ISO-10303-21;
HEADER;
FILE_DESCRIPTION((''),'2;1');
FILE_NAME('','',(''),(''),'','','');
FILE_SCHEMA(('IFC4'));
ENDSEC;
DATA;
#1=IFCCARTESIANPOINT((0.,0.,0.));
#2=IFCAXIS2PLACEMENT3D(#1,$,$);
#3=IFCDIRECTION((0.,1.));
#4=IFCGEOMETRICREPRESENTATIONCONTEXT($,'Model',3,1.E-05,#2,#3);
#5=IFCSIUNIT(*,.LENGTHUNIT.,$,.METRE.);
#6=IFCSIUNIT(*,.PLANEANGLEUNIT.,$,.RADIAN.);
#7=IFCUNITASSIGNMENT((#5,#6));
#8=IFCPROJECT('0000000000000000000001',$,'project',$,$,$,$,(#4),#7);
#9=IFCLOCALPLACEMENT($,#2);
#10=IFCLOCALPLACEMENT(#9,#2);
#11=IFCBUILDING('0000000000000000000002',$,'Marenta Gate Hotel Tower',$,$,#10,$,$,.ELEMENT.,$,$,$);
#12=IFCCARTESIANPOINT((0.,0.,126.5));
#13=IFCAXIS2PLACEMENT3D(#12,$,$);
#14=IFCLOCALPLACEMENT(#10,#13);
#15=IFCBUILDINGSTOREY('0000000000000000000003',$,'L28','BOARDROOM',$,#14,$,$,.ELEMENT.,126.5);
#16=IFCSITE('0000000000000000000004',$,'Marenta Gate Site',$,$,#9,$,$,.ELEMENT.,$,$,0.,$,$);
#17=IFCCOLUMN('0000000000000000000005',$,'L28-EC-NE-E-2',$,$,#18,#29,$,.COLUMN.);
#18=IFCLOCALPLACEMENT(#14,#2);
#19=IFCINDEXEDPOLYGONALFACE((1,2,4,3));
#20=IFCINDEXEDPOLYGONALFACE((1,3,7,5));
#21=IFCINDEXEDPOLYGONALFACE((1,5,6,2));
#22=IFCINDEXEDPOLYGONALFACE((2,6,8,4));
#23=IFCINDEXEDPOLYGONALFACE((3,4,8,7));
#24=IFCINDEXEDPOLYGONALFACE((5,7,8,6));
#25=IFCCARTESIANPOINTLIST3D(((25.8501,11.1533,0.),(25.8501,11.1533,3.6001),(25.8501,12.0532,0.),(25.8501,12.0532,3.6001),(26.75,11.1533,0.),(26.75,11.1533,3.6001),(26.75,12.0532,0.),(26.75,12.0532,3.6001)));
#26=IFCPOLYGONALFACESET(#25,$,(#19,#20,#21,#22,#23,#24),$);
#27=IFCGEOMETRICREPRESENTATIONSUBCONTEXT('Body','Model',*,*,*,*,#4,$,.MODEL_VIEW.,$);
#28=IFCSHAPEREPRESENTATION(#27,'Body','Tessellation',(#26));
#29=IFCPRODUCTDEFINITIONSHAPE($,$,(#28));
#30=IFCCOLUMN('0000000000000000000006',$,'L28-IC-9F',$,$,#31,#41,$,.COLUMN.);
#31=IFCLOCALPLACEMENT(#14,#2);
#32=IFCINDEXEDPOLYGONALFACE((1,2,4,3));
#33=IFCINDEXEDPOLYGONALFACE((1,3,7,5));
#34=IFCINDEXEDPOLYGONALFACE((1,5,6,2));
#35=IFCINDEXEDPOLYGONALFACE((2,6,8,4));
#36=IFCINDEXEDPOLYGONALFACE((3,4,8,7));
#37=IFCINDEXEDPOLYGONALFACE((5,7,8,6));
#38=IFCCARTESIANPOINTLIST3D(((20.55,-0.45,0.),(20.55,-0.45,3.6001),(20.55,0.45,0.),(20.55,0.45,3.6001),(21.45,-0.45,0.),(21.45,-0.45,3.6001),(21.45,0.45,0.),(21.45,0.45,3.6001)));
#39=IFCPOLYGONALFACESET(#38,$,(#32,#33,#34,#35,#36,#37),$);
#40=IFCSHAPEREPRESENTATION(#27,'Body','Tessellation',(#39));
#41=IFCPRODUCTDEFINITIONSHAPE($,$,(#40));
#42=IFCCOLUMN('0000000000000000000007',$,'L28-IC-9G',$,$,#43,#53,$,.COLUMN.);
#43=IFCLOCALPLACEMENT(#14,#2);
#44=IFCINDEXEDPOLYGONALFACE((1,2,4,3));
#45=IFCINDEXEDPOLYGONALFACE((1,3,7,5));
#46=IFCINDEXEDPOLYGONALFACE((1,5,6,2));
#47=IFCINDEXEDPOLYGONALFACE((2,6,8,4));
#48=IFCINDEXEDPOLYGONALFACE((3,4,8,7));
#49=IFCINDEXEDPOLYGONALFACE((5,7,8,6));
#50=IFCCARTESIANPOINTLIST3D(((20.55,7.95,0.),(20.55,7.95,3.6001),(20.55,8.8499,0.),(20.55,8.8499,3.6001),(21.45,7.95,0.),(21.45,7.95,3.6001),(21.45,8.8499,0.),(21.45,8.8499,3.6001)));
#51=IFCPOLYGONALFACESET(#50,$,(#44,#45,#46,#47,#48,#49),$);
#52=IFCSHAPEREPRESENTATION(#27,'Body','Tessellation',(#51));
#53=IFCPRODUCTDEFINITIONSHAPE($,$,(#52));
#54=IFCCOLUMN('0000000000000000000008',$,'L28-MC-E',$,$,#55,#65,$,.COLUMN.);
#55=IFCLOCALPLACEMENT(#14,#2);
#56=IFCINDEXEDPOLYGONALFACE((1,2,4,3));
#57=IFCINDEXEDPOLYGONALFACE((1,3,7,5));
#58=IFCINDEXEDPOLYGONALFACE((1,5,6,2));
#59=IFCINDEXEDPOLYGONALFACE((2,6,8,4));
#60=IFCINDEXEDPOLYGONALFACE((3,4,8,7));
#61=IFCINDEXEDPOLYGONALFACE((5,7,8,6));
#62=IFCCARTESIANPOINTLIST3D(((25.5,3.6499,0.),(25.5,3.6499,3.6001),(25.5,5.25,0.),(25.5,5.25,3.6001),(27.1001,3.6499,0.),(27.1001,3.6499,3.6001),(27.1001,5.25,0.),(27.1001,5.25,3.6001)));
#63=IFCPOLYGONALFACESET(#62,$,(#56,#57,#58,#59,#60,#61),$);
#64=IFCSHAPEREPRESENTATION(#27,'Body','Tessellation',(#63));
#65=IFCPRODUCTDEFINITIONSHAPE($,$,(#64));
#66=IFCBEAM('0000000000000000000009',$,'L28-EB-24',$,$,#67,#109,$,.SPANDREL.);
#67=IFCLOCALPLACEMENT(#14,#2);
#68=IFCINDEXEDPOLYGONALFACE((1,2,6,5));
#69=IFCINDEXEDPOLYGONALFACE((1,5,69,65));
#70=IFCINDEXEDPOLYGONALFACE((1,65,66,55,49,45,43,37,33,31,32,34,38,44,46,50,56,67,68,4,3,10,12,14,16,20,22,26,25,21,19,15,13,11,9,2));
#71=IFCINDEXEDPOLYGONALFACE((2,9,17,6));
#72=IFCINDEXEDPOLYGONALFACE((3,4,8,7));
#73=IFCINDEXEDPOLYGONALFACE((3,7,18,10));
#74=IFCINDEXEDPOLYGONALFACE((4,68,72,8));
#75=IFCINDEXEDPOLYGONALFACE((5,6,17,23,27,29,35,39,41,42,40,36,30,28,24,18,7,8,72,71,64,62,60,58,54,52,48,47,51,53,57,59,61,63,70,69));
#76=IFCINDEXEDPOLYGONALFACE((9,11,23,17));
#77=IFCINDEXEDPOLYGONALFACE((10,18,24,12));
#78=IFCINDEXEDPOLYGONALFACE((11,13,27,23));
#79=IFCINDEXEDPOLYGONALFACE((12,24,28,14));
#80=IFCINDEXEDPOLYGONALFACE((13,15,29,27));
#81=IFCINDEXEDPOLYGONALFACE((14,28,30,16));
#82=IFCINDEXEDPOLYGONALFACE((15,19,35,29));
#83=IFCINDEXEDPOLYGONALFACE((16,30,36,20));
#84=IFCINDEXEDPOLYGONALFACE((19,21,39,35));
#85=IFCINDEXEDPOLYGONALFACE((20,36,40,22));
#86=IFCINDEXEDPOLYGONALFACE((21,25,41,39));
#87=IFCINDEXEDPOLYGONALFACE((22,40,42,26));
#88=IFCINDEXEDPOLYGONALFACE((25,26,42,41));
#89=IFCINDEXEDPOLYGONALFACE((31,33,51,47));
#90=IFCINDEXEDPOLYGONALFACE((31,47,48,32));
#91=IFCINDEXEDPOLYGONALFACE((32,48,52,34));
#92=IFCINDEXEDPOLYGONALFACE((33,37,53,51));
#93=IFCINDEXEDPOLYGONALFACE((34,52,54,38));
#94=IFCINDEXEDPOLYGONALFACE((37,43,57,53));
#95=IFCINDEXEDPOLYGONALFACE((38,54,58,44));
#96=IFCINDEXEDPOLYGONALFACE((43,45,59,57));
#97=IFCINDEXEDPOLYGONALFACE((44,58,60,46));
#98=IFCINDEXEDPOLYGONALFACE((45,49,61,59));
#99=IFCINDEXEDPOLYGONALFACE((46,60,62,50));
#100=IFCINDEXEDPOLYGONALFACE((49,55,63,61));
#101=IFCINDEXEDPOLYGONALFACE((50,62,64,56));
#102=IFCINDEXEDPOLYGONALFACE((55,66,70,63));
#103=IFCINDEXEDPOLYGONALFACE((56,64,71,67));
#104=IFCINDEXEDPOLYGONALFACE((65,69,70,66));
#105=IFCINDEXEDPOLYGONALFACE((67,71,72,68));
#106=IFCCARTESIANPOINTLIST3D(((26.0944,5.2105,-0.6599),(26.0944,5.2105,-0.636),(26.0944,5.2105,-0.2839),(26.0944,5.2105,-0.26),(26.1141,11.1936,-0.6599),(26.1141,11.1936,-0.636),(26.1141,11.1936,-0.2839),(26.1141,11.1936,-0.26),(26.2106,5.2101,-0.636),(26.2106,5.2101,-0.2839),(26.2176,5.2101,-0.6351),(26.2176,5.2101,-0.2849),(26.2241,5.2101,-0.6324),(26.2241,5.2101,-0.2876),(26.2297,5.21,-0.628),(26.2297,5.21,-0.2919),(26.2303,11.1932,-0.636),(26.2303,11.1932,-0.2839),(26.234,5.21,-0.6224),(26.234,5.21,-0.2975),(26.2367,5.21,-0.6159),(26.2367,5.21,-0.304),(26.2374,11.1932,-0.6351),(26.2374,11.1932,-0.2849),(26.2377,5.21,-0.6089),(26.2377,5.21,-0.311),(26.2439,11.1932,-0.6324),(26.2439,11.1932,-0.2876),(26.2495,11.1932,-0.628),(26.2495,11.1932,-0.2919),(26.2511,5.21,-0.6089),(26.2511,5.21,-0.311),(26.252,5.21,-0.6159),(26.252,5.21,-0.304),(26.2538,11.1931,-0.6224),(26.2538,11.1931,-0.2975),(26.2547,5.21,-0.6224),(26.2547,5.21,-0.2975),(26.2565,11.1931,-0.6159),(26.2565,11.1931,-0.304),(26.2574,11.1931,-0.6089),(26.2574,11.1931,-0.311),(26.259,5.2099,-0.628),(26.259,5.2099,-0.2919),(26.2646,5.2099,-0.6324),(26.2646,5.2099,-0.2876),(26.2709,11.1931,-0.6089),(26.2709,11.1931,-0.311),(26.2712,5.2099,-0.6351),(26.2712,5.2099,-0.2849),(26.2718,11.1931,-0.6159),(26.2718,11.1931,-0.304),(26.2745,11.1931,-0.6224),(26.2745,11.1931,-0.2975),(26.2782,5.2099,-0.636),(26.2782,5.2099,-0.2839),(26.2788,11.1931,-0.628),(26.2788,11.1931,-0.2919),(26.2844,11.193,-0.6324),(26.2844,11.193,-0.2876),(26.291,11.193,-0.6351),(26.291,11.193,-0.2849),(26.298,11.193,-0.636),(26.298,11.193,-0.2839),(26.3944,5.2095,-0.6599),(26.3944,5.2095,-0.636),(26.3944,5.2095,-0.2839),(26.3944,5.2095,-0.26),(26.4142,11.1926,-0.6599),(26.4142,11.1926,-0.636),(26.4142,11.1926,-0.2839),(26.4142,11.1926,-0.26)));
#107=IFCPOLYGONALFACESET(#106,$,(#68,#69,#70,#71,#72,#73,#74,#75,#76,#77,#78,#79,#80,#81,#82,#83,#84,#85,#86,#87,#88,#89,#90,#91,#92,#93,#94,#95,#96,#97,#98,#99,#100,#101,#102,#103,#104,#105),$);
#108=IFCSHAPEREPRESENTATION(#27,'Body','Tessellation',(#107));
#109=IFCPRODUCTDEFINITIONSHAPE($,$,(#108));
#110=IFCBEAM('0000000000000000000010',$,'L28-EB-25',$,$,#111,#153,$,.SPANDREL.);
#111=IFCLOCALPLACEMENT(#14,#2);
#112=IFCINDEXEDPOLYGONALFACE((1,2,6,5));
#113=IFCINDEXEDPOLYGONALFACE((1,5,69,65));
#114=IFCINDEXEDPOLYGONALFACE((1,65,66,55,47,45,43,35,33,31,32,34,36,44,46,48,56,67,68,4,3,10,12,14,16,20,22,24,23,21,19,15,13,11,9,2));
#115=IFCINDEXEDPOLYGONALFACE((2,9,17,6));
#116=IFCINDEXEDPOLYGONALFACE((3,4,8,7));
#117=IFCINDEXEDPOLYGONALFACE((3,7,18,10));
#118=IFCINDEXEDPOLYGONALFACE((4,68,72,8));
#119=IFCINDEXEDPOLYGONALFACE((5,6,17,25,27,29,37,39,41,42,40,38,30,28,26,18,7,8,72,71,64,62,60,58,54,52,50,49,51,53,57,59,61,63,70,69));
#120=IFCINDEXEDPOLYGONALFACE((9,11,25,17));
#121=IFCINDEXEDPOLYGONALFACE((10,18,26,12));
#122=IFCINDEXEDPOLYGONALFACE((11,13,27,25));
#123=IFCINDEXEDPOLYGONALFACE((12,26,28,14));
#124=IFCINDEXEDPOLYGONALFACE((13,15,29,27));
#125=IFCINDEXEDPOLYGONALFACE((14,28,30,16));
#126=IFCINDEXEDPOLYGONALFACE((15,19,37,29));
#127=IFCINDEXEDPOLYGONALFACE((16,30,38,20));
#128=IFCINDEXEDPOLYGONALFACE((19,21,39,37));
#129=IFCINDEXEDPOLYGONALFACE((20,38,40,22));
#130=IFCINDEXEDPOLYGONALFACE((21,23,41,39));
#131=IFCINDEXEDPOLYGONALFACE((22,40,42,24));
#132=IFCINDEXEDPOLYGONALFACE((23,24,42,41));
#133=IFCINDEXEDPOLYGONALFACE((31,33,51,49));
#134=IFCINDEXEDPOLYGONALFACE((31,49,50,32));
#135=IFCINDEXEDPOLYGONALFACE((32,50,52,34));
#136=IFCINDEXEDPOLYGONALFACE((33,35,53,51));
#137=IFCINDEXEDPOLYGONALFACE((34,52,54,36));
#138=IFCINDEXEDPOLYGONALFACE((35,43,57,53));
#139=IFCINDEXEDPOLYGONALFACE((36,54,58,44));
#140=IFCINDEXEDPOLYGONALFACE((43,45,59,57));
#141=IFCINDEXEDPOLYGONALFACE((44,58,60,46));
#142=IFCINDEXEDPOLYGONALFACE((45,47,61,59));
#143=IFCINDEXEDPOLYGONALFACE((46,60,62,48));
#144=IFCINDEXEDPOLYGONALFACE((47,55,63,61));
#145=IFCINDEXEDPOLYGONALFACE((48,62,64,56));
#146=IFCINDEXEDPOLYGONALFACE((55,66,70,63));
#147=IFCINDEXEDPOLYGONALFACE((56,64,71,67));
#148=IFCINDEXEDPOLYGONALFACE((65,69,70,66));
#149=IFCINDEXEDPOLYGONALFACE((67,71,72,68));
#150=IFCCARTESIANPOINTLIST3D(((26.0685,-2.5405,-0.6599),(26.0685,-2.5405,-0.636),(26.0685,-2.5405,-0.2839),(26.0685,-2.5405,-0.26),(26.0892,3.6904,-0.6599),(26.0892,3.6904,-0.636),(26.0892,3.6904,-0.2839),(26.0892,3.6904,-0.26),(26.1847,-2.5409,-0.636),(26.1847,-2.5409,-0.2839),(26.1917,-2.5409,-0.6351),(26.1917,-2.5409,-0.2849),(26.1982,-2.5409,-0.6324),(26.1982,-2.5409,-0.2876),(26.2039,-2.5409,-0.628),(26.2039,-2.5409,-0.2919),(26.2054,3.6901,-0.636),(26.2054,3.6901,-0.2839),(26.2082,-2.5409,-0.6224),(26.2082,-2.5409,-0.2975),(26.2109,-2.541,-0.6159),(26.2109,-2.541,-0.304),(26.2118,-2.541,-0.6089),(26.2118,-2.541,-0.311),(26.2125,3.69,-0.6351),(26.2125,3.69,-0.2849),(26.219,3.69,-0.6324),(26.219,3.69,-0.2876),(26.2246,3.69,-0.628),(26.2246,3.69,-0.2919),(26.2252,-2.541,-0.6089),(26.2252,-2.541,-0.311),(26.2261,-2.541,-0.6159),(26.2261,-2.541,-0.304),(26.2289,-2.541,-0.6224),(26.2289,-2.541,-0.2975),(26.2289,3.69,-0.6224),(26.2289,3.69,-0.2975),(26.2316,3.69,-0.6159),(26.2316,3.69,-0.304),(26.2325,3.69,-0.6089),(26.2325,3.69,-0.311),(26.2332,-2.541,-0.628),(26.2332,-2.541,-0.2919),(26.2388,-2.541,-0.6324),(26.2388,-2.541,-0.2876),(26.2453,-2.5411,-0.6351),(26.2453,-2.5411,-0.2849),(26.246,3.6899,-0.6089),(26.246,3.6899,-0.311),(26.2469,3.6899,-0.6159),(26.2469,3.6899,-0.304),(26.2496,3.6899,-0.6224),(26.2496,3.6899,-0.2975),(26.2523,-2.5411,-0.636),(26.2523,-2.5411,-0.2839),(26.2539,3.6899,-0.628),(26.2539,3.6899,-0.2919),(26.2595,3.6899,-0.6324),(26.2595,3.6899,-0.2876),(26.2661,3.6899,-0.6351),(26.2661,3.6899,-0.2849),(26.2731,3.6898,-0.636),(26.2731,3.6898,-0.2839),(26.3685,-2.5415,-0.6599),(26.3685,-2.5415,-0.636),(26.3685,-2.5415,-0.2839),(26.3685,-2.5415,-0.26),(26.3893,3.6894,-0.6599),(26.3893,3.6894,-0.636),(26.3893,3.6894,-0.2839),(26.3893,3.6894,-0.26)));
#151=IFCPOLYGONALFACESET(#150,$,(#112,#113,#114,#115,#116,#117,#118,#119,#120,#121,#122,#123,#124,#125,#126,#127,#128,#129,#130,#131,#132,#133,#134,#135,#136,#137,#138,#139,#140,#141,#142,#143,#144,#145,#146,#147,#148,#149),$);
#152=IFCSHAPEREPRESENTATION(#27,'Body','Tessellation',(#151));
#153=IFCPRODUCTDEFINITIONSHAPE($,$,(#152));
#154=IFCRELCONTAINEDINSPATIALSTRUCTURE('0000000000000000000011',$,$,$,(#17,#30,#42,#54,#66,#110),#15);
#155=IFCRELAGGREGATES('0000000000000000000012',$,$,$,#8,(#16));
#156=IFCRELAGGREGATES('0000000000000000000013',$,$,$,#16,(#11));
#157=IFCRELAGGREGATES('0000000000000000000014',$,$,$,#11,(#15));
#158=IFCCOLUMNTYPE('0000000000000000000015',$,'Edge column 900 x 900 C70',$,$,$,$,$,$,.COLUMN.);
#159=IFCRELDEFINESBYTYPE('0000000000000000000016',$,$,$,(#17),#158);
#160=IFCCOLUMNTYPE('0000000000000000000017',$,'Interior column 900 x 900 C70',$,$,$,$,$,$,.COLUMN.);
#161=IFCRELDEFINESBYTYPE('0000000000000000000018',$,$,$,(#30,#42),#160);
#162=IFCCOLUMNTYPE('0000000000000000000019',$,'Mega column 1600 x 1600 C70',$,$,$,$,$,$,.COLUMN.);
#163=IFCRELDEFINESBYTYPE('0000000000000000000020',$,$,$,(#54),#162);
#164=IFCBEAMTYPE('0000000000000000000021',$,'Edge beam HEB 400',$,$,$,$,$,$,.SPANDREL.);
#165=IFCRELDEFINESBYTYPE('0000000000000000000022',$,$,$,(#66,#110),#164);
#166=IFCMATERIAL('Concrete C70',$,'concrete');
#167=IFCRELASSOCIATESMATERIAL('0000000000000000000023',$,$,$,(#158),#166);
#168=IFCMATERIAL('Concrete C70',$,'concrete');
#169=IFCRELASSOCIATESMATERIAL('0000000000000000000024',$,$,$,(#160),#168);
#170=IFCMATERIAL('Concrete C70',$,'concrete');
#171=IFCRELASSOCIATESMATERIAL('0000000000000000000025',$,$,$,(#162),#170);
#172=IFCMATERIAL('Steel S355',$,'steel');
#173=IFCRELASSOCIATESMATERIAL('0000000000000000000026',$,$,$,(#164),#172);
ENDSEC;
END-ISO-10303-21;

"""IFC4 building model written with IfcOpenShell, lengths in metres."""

from ifc_helpers import new_model, si_unit, direction, frame, origin, origin_2d, place, context, subcontext, project, spatial, rectangle, i_section, extrude, material, material_profile, profile_set, type_object, element, save


model = new_model("IFC4")

# Units and contexts
model_context = context("Model", 3, precision=1e-05, world=origin(), true_north=direction((0.0, 1.0)))
body_context = subcontext(model_context, "Body", "Model", "MODEL_VIEW")
ifc_project = project(units=[si_unit("LENGTHUNIT", "METRE"), si_unit("PLANEANGLEUNIT", "RADIAN")], contexts=[model_context])

# Site, building, storey
site_placement = place(None, origin())
site = spatial("IfcSite", under=ifc_project, at=site_placement, Name="Marenta Gate Site", CompositionType="ELEMENT", RefElevation=0.0)
building_placement = place(site_placement, origin())
building = spatial("IfcBuilding", under=site, at=building_placement, Name="Marenta Gate Hotel Tower", CompositionType="ELEMENT")
storey_placement = place(building_placement, frame((0.0, 0.0, 126.5)))
storey = spatial("IfcBuildingStorey", under=building, at=storey_placement, Name="L28", Description="BOARDROOM", CompositionType="ELEMENT", Elevation=126.5)

# Columns
ifc_material_1 = material(Name="Concrete C70", Category="concrete")
ifc_material_profile_1 = material_profile(ifc_material_1, rectangle(XDim=0.8999, YDim=0.8999, at=origin_2d()), Name="900 x 900")
ifc_profile_set_1 = profile_set([ifc_material_profile_1], Name="Concrete C70")
column_type_1 = type_object("IfcColumnType", Name="Edge column 900 x 900 C70", PredefinedType="COLUMN", material=ifc_profile_set_1)
column_1_placement = place(storey_placement, frame((26.3, 11.6033, 0.0), z_axis=(0.0, 0.0, 1.0), x_axis=(1.0, 0.0, 0.0)))
element("IfcColumn", 1, at=column_1_placement, inside=storey, type_object=column_type_1, Name="L28-EC-NE-E-2", PredefinedType="COLUMN", context=body_context, shape_type="SweptSolid", body=[
    extrude(rectangle(XDim=0.8999, YDim=0.8999, at=origin_2d()), origin(), (0.0, 0.0, 1.0), 3.6001),
])
ifc_material_2 = material(Name="Concrete C70", Category="concrete")
ifc_material_profile_2 = material_profile(ifc_material_2, rectangle(XDim=0.8999, YDim=0.8999, at=origin_2d()), Name="900 x 900")
ifc_profile_set_2 = profile_set([ifc_material_profile_2], Name="Concrete C70")
column_type_2 = type_object("IfcColumnType", Name="Interior column 900 x 900 C70", PredefinedType="COLUMN", material=ifc_profile_set_2)
for number, where, z_axis, x_axis, name in (
    (2, (21.0, 0.0, 0.0), (0.0, 0.0, 1.0), (1.0, 0.0, 0.0), "L28-IC-9F"),
    (3, (21.0, 8.3999, 0.0), (0.0, 0.0, 1.0), (1.0, 0.0, 0.0), "L28-IC-9G"),
):
    element("IfcColumn", number, at=place(storey_placement, frame(where, z_axis=z_axis, x_axis=x_axis)), inside=storey, type_object=column_type_2, Name=name, PredefinedType="COLUMN", context=body_context, shape_type="SweptSolid", body=[
        extrude(rectangle(XDim=0.8999, YDim=0.8999, at=origin_2d()), origin(), (0.0, 0.0, 1.0), 3.6001),
    ])
ifc_material_3 = material(Name="Concrete C70", Category="concrete")
ifc_material_profile_3 = material_profile(ifc_material_3, rectangle(XDim=1.6001, YDim=1.6001, at=origin_2d()), Name="1600 x 1600")
ifc_profile_set_3 = profile_set([ifc_material_profile_3], Name="Concrete C70")
column_type_3 = type_object("IfcColumnType", Name="Mega column 1600 x 1600 C70", PredefinedType="COLUMN", material=ifc_profile_set_3)
column_2_placement = place(storey_placement, frame((26.3, 4.45, 0.0), z_axis=(0.0, 0.0, 1.0), x_axis=(1.0, 0.0, 0.0)))
element("IfcColumn", 4, at=column_2_placement, inside=storey, type_object=column_type_3, Name="L28-MC-E", PredefinedType="COLUMN", context=body_context, shape_type="SweptSolid", body=[
    extrude(rectangle(XDim=1.6001, YDim=1.6001, at=origin_2d()), origin(), (0.0, 0.0, 1.0), 3.6001),
])

# Beams
ifc_material_4 = material(Name="Steel S355", Category="steel")
ifc_material_profile_4 = material_profile(ifc_material_4, i_section(OverallWidth=0.3, OverallDepth=0.3999, WebThickness=0.0134, FlangeThickness=0.0239, FilletRadius=0.0271, at=origin_2d()), Name="HEB 400")
ifc_profile_set_4 = profile_set([ifc_material_profile_4], Name="Steel S355")
beam_type_1 = type_object("IfcBeamType", Name="Edge beam HEB 400", PredefinedType="SPANDREL", material=ifc_profile_set_4)
beam_1_placement = place(storey_placement, frame((26.2642, 11.1931, -0.46), z_axis=(-0.003305, -0.999995, 0.0), x_axis=(0.999995, -0.003305, 0.0)))
element("IfcBeam", 5, at=beam_1_placement, inside=storey, type_object=beam_type_1, Name="L28-EB-24", PredefinedType="SPANDREL", context=body_context, shape_type="SweptSolid", body=[
    extrude(i_section(OverallWidth=0.3, OverallDepth=0.3999, WebThickness=0.0134, FlangeThickness=0.0239, FilletRadius=0.0271, at=origin_2d()), origin(), (0.0, 0.0, 1.0), 5.9832),
])
beam_2_placement = place(storey_placement, frame((26.2393, 3.6899, -0.46), z_axis=(-0.00333, -0.999994, 0.0), x_axis=(0.999994, -0.00333, 0.0)))
element("IfcBeam", 6, at=beam_2_placement, inside=storey, type_object=beam_type_1, Name="L28-EB-25", PredefinedType="SPANDREL", context=body_context, shape_type="SweptSolid", body=[
    extrude(i_section(OverallWidth=0.3, OverallDepth=0.3999, WebThickness=0.0134, FlangeThickness=0.0239, FilletRadius=0.0271, at=origin_2d()), origin(), (0.0, 0.0, 1.0), 6.231),
])

save(model, "model.ifc")
